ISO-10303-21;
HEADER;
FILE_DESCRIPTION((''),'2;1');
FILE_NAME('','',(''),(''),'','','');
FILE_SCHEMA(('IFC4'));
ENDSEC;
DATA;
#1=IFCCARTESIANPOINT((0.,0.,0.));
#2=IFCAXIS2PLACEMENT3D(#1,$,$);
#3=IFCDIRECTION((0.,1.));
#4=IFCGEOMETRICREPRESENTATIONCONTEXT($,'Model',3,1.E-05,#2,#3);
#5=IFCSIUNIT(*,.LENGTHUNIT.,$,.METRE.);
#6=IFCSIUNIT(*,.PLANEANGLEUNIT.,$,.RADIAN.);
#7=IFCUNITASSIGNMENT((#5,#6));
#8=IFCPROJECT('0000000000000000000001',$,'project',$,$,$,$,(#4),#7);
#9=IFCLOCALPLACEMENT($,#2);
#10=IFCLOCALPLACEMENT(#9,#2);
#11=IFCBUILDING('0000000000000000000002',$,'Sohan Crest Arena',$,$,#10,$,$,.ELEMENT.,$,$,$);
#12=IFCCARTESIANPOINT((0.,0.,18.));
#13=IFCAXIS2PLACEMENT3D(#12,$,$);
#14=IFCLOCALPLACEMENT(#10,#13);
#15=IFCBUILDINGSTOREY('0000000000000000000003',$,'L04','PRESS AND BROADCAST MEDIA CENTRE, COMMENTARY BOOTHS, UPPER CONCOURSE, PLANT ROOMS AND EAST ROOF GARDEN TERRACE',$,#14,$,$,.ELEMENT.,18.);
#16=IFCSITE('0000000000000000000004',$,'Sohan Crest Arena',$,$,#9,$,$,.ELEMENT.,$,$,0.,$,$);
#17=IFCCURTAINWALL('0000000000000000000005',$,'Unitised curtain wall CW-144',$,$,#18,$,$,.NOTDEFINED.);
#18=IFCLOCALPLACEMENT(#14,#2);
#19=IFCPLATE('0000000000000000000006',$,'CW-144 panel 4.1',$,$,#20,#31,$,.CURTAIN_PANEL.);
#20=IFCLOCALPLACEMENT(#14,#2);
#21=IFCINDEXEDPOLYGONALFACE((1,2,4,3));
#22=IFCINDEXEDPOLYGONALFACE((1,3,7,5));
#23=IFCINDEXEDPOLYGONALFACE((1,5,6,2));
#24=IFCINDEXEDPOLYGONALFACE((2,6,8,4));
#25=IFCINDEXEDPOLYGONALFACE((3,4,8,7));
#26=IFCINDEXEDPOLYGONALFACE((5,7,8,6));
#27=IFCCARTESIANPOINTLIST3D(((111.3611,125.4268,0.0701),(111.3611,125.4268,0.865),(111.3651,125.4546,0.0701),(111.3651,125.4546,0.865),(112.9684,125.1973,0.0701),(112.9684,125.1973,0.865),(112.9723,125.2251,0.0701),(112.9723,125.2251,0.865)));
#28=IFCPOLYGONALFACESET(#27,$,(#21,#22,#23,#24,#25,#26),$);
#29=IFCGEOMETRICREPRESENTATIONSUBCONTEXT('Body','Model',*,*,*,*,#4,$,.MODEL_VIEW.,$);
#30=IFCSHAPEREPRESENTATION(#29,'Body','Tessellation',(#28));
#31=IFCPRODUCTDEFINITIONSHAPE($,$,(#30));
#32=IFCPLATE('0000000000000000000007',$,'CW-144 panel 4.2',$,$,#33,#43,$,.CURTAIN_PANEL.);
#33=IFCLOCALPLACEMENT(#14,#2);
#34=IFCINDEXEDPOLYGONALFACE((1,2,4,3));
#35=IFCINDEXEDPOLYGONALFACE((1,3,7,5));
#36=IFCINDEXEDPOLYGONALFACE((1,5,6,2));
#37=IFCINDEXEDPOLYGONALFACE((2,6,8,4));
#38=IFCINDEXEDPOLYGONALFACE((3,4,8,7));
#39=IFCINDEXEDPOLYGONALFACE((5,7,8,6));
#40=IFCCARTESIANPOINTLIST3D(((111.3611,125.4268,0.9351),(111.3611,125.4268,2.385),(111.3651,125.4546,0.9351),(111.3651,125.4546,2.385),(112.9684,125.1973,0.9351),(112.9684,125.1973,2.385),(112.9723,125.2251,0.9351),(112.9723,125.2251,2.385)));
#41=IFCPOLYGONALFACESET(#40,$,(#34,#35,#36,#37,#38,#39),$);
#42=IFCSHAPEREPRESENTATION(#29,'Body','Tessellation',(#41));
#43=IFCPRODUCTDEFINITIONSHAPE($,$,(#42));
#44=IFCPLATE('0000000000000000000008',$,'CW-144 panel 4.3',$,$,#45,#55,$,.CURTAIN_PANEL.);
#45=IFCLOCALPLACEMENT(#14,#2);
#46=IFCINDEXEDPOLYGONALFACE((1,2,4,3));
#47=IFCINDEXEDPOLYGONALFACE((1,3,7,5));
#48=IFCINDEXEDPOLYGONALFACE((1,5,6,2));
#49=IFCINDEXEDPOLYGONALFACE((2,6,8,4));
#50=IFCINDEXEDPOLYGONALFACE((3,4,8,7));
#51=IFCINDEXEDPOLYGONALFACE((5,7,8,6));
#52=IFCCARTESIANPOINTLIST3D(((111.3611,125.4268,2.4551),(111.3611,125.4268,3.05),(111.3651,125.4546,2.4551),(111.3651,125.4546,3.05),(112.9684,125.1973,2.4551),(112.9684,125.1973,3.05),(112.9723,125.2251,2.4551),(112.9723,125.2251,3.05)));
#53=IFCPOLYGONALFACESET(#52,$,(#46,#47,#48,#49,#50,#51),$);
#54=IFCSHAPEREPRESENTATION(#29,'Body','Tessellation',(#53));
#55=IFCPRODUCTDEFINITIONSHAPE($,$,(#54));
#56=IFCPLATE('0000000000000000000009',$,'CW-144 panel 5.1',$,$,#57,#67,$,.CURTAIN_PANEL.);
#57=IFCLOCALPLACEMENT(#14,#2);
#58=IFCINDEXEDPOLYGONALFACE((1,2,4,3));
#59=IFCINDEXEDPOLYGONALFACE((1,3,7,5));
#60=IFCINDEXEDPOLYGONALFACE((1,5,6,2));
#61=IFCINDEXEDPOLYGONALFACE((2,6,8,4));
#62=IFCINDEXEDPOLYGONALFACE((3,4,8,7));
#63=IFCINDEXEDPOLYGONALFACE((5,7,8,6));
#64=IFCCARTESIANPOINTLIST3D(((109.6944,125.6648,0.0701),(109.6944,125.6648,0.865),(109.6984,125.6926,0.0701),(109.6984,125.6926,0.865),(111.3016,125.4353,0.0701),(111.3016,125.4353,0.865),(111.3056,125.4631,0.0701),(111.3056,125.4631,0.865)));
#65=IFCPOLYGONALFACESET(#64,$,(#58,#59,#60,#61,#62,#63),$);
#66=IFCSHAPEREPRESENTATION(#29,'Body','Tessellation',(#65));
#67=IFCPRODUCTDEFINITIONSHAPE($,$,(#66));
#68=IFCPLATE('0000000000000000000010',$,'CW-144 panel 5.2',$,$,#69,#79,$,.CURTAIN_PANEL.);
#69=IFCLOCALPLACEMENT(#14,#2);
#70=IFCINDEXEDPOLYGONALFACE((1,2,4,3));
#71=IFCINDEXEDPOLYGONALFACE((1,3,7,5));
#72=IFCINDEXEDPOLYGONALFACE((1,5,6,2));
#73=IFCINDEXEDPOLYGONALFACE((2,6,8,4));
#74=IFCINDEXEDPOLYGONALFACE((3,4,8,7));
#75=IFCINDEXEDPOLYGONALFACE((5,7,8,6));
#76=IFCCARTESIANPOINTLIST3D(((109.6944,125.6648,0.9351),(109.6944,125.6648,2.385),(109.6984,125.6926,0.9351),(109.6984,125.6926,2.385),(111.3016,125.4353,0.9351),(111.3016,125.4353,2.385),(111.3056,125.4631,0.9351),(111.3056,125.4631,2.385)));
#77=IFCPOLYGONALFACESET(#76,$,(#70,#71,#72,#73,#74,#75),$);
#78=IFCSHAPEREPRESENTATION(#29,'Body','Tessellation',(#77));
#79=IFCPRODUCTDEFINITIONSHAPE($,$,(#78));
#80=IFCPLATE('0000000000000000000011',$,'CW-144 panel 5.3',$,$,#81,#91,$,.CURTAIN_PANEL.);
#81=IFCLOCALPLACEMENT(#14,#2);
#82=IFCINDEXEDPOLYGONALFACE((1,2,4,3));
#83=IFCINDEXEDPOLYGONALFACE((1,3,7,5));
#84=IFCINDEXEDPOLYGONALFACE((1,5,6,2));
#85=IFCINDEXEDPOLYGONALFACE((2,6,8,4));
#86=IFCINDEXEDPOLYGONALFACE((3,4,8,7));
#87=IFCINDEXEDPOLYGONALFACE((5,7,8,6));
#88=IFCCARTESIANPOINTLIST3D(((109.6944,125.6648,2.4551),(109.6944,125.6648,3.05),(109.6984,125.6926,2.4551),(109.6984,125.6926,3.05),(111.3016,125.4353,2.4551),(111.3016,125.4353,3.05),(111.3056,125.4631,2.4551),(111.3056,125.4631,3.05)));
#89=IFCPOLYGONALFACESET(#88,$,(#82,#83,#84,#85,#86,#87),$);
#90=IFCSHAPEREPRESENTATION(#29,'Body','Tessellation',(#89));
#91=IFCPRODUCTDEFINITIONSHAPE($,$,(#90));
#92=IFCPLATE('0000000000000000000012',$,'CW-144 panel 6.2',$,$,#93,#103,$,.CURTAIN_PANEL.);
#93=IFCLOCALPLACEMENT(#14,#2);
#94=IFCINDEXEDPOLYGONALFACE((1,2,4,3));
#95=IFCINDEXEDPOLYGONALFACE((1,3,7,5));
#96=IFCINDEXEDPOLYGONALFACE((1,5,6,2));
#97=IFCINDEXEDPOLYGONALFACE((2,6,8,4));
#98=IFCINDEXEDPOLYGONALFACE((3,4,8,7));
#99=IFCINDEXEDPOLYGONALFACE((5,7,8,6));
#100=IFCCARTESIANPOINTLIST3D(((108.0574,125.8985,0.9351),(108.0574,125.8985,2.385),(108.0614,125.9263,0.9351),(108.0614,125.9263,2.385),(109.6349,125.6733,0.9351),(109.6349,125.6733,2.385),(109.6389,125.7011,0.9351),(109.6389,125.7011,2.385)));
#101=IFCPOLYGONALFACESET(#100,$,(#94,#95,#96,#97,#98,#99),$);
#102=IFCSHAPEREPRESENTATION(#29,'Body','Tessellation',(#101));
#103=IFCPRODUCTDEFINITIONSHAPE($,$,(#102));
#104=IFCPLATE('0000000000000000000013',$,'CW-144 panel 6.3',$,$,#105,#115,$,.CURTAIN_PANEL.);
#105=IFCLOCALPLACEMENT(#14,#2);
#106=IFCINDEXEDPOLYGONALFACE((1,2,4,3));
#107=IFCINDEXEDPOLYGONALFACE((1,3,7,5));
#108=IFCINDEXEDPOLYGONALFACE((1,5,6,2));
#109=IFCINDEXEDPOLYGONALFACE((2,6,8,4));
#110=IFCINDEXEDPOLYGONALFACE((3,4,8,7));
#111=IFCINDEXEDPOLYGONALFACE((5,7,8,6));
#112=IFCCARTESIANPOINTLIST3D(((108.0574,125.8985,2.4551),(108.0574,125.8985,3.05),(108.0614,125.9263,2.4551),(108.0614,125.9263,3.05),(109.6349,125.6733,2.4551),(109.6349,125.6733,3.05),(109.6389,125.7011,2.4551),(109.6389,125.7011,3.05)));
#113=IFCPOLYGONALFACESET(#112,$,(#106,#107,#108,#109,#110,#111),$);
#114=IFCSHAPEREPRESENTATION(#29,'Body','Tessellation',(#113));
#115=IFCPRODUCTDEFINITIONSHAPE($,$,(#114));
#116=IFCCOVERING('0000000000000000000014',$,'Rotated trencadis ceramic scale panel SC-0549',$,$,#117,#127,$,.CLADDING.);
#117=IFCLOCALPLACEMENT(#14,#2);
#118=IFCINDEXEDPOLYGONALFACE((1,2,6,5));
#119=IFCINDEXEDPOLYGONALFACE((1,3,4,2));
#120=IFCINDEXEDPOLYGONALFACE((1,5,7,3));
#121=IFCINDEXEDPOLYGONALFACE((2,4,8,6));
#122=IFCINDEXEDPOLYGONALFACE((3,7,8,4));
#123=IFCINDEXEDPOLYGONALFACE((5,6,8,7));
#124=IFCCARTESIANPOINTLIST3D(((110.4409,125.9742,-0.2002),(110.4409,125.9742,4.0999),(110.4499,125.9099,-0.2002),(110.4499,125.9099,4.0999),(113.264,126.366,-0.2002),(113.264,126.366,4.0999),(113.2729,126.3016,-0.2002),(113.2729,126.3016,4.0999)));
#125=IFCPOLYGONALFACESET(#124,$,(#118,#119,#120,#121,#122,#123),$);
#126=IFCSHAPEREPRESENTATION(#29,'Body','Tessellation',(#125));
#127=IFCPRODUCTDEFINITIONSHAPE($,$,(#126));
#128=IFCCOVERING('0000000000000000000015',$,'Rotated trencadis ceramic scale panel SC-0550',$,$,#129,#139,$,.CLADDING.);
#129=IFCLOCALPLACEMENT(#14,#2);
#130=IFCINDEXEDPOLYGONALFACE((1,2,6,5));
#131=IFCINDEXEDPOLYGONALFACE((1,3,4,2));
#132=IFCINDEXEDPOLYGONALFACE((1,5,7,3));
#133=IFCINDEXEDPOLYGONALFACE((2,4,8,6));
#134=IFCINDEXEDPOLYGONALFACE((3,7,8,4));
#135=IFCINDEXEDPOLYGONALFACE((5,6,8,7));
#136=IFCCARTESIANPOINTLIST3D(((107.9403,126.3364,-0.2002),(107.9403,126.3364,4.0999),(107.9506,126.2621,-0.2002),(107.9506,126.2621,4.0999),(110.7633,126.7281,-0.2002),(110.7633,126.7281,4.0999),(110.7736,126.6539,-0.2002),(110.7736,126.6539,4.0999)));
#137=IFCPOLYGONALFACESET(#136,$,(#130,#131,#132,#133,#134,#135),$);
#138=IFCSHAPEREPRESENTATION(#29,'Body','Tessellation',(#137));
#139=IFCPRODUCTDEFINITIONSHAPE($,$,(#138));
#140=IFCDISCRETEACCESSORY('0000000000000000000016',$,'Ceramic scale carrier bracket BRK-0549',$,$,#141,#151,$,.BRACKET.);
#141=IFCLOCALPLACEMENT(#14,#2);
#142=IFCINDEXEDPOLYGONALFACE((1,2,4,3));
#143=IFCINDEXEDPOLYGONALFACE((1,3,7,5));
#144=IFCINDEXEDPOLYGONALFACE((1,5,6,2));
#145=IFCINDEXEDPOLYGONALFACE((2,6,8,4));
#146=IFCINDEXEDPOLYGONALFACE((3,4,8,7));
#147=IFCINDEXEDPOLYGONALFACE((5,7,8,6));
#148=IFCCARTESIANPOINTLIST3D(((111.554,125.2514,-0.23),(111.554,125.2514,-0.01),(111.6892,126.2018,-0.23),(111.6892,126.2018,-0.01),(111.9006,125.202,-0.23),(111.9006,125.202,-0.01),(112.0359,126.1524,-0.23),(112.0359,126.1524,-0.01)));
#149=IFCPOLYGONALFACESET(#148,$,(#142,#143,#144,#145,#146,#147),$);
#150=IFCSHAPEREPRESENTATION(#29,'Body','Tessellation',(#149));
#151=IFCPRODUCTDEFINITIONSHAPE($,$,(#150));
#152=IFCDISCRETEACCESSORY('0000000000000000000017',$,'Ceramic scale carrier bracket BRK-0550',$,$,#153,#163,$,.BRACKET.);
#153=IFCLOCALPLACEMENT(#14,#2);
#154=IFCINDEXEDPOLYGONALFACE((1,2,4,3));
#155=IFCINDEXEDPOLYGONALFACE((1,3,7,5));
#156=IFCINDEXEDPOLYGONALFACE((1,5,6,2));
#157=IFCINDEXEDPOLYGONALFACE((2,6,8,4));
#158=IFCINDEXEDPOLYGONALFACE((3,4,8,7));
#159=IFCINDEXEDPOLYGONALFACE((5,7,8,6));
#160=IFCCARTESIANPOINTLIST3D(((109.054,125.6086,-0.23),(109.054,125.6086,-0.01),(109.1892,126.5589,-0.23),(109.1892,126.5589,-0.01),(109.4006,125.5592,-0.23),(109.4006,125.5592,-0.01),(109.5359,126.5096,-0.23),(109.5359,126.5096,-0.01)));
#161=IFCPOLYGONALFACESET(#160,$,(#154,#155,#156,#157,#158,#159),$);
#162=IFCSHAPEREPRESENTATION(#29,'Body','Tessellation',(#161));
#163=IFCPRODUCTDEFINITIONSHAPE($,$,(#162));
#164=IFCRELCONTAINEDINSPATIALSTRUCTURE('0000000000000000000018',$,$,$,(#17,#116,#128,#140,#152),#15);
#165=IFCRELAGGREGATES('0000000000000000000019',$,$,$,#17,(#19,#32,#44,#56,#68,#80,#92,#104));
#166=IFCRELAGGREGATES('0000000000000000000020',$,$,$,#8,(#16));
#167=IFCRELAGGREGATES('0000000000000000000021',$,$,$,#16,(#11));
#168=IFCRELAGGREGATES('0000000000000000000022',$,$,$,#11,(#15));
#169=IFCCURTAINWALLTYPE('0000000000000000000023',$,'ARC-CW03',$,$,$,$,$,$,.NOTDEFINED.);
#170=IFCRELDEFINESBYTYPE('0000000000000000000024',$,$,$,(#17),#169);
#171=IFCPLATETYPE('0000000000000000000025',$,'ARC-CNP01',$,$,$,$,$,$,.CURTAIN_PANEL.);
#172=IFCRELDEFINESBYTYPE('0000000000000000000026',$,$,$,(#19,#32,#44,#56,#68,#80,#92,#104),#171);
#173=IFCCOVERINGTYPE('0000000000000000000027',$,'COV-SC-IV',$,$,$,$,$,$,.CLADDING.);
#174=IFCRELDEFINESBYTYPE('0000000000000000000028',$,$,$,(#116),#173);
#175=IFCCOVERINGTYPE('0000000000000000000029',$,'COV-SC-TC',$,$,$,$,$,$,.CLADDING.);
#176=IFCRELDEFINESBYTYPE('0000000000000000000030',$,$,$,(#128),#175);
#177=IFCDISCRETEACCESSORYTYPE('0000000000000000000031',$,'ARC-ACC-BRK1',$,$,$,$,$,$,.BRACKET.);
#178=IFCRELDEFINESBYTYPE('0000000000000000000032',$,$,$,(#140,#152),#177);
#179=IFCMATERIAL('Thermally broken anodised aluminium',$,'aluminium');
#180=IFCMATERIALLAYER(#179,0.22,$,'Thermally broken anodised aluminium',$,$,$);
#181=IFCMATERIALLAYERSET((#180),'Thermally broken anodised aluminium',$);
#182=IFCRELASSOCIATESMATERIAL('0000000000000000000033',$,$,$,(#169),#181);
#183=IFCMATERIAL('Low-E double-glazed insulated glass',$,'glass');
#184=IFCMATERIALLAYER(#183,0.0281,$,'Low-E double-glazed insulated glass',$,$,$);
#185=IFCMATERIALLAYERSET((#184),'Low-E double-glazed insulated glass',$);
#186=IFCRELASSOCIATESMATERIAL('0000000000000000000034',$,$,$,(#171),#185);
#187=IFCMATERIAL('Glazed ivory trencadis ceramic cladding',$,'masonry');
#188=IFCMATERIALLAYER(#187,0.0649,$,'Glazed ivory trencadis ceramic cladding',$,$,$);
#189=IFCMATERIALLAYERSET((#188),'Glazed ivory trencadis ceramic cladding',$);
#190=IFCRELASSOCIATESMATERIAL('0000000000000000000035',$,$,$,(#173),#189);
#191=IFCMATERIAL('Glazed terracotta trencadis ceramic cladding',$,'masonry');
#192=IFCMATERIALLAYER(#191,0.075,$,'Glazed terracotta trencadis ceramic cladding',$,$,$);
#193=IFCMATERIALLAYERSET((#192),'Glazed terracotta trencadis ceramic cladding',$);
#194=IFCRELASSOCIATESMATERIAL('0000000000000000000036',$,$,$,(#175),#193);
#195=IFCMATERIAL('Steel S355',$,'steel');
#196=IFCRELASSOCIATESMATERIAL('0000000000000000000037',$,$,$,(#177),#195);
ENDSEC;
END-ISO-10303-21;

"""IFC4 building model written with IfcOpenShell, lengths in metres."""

from ifc_helpers import new_model, si_unit, direction, frame, origin, origin_2d, place, context, subcontext, project, spatial, rectangle, extrude, material, layer, layer_set, type_object, element, aggregate, save


model = new_model("IFC4")

# Units and contexts
model_context = context("Model", 3, precision=1e-05, world=origin(), true_north=direction((0.0, 1.0)))
body_context = subcontext(model_context, "Body", "Model", "MODEL_VIEW")
ifc_project = project(units=[si_unit("LENGTHUNIT", "METRE"), si_unit("PLANEANGLEUNIT", "RADIAN")], contexts=[model_context])

# Site, building, storey
site_placement = place(None, origin())
site = spatial("IfcSite", under=ifc_project, at=site_placement, Name="Sohan Crest Arena", CompositionType="ELEMENT", RefElevation=0.0)
building_placement = place(site_placement, origin())
building = spatial("IfcBuilding", under=site, at=building_placement, Name="Sohan Crest Arena", CompositionType="ELEMENT")
storey_placement = place(building_placement, frame((0.0, 0.0, 18.0)))
storey = spatial("IfcBuildingStorey", under=building, at=storey_placement, Name="L04", Description="PRESS AND BROADCAST MEDIA CENTRE, COMMENTARY BOOTHS, UPPER CONCOURSE, PLANT ROOMS AND EAST ROOF GARDEN TERRACE", CompositionType="ELEMENT", Elevation=18.0)

# Curtain wall, plates
ifc_material_1 = material(Name="Thermally broken anodised aluminium", Category="aluminium")
ifc_layer_1 = layer(ifc_material_1, 0.22, Name="Thermally broken anodised aluminium")
ifc_layer_set_1 = layer_set([ifc_layer_1], Name="Thermally broken anodised aluminium")
curtain_wall_type = type_object("IfcCurtainWallType", Name="ARC-CW03", PredefinedType="NOTDEFINED", material=ifc_layer_set_1)
curtain_wall_placement = place(storey_placement, origin())
curtain_wall = element("IfcCurtainWall", 1, at=curtain_wall_placement, inside=storey, type_object=curtain_wall_type, Name="Unitised curtain wall CW-144", PredefinedType="NOTDEFINED")
ifc_material_2 = material(Name="Low-E double-glazed insulated glass", Category="glass")
ifc_layer_2 = layer(ifc_material_2, 0.0281, Name="Low-E double-glazed insulated glass")
ifc_layer_set_2 = layer_set([ifc_layer_2], Name="Low-E double-glazed insulated glass")
plate_type = type_object("IfcPlateType", Name="ARC-CNP01", PredefinedType="CURTAIN_PANEL", material=ifc_layer_set_2)
plate_1_placement = place(storey_placement, frame((112.1667, 125.3259, 0.0701), z_axis=(0.0, 0.0, 1.0), x_axis=(-0.989957, 0.141366, 0.0)))
plate_1 = element("IfcPlate", 2, at=plate_1_placement, type_object=plate_type, Name="CW-144 panel 4.1", PredefinedType="CURTAIN_PANEL", context=body_context, shape_type="SweptSolid", body=[
    extrude(rectangle(XDim=1.6235, YDim=0.0281, at=origin_2d()), origin(), (0.0, 0.0, 1.0), 0.7949),
])
plate_2_placement = place(storey_placement, frame((112.1667, 125.3259, 0.9351), z_axis=(0.0, 0.0, 1.0), x_axis=(-0.989957, 0.141366, 0.0)))
plate_2 = element("IfcPlate", 3, at=plate_2_placement, type_object=plate_type, Name="CW-144 panel 4.2", PredefinedType="CURTAIN_PANEL", context=body_context, shape_type="SweptSolid", body=[
    extrude(rectangle(XDim=1.6235, YDim=0.0281, at=origin_2d()), origin(), (0.0, 0.0, 1.0), 1.45),
])
plate_3_placement = place(storey_placement, frame((112.1667, 125.3259, 2.4551), z_axis=(0.0, 0.0, 1.0), x_axis=(-0.989957, 0.141366, 0.0)))
plate_3 = element("IfcPlate", 4, at=plate_3_placement, type_object=plate_type, Name="CW-144 panel 4.3", PredefinedType="CURTAIN_PANEL", context=body_context, shape_type="SweptSolid", body=[
    extrude(rectangle(XDim=1.6235, YDim=0.0281, at=origin_2d()), origin(), (0.0, 0.0, 1.0), 0.595),
])
plate_4_placement = place(storey_placement, frame((110.5, 125.564, 0.0701), z_axis=(0.0, 0.0, 1.0), x_axis=(-0.989957, 0.141366, 0.0)))
plate_4 = element("IfcPlate", 5, at=plate_4_placement, type_object=plate_type, Name="CW-144 panel 5.1", PredefinedType="CURTAIN_PANEL", context=body_context, shape_type="SweptSolid", body=[
    extrude(rectangle(XDim=1.6235, YDim=0.0281, at=origin_2d()), origin(), (0.0, 0.0, 1.0), 0.7949),
])
plate_5_placement = place(storey_placement, frame((110.5, 125.564, 0.9351), z_axis=(0.0, 0.0, 1.0), x_axis=(-0.989957, 0.141366, 0.0)))
plate_5 = element("IfcPlate", 6, at=plate_5_placement, type_object=plate_type, Name="CW-144 panel 5.2", PredefinedType="CURTAIN_PANEL", context=body_context, shape_type="SweptSolid", body=[
    extrude(rectangle(XDim=1.6235, YDim=0.0281, at=origin_2d()), origin(), (0.0, 0.0, 1.0), 1.45),
])
plate_6_placement = place(storey_placement, frame((110.5, 125.564, 2.4551), z_axis=(0.0, 0.0, 1.0), x_axis=(-0.989957, 0.141366, 0.0)))
plate_6 = element("IfcPlate", 7, at=plate_6_placement, type_object=plate_type, Name="CW-144 panel 5.3", PredefinedType="CURTAIN_PANEL", context=body_context, shape_type="SweptSolid", body=[
    extrude(rectangle(XDim=1.6235, YDim=0.0281, at=origin_2d()), origin(), (0.0, 0.0, 1.0), 0.595),
])
plate_7_placement = place(storey_placement, frame((108.8481, 125.7998, 0.9351), z_axis=(0.0, 0.0, 1.0), x_axis=(-0.989957, 0.141366, 0.0)))
plate_7 = element("IfcPlate", 8, at=plate_7_placement, type_object=plate_type, Name="CW-144 panel 6.2", PredefinedType="CURTAIN_PANEL", context=body_context, shape_type="SweptSolid", body=[
    extrude(rectangle(XDim=1.5935, YDim=0.0281, at=origin_2d()), origin(), (0.0, 0.0, 1.0), 1.45),
])
plate_8_placement = place(storey_placement, frame((108.8481, 125.7998, 2.4551), z_axis=(0.0, 0.0, 1.0), x_axis=(-0.989957, 0.141366, 0.0)))
plate_8 = element("IfcPlate", 9, at=plate_8_placement, type_object=plate_type, Name="CW-144 panel 6.3", PredefinedType="CURTAIN_PANEL", context=body_context, shape_type="SweptSolid", body=[
    extrude(rectangle(XDim=1.5935, YDim=0.0281, at=origin_2d()), origin(), (0.0, 0.0, 1.0), 0.595),
])
aggregate(curtain_wall, [plate_1, plate_2, plate_3, plate_4, plate_5, plate_6, plate_7, plate_8])

# Coverings
ifc_material_3 = material(Name="Glazed ivory trencadis ceramic cladding", Category="masonry")
ifc_layer_3 = layer(ifc_material_3, 0.0649, Name="Glazed ivory trencadis ceramic cladding")
ifc_layer_set_3 = layer_set([ifc_layer_3], Name="Glazed ivory trencadis ceramic cladding")
covering_type_1 = type_object("IfcCoveringType", Name="COV-SC-IV", PredefinedType="CLADDING", material=ifc_layer_set_3)
covering_1_placement = place(storey_placement, frame((111.8569, 126.1379, -0.2002), z_axis=(0.0, 0.0, 1.0), x_axis=(-0.990509, -0.137445, 0.0)))
element("IfcCovering", 10, at=covering_1_placement, inside=storey, type_object=covering_type_1, Name="Rotated trencadis ceramic scale panel SC-0549", PredefinedType="CLADDING", context=body_context, shape_type="SweptSolid", body=[
    extrude(rectangle(XDim=2.8501, YDim=0.0649, at=origin_2d()), origin(), (0.0, 0.0, 1.0), 4.3),
])
ifc_material_4 = material(Name="Glazed terracotta trencadis ceramic cladding", Category="masonry")
ifc_layer_4 = layer(ifc_material_4, 0.075, Name="Glazed terracotta trencadis ceramic cladding")
ifc_layer_set_4 = layer_set([ifc_layer_4], Name="Glazed terracotta trencadis ceramic cladding")
covering_type_2 = type_object("IfcCoveringType", Name="COV-SC-TC", PredefinedType="CLADDING", material=ifc_layer_set_4)
covering_2_placement = place(storey_placement, frame((109.3569, 126.4951, -0.2002), z_axis=(0.0, 0.0, 1.0), x_axis=(-0.990509, -0.137445, 0.0)))
element("IfcCovering", 11, at=covering_2_placement, inside=storey, type_object=covering_type_2, Name="Rotated trencadis ceramic scale panel SC-0550", PredefinedType="CLADDING", context=body_context, shape_type="SweptSolid", body=[
    extrude(rectangle(XDim=2.8501, YDim=0.075, at=origin_2d()), origin(), (0.0, 0.0, 1.0), 4.3),
])

# Discrete accessories
ifc_material_5 = material(Name="Steel S355", Category="steel")
discrete_accessory_type = type_object("IfcDiscreteAccessoryType", Name="ARC-ACC-BRK1", PredefinedType="BRACKET", material=ifc_material_5)
for number, where, z_axis, x_axis, name in (
    (12, (111.7949, 125.7019, -0.23), (0.0, 0.0, 1.0), (-0.990024, 0.140901, 0.0), "Ceramic scale carrier bracket BRK-0549"),
    (13, (109.2949, 126.0591, -0.23), (0.0, 0.0, 1.0), (-0.990024, 0.140901, 0.0), "Ceramic scale carrier bracket BRK-0550"),
):
    element("IfcDiscreteAccessory", number, at=place(storey_placement, frame(where, z_axis=z_axis, x_axis=x_axis)), inside=storey, type_object=discrete_accessory_type, Name=name, PredefinedType="BRACKET", context=body_context, shape_type="SweptSolid", body=[
        extrude(rectangle(XDim=0.3501, YDim=0.96, at=origin_2d()), origin(), (0.0, 0.0, 1.0), 0.22),
    ])

save(model, "model.ifc")
